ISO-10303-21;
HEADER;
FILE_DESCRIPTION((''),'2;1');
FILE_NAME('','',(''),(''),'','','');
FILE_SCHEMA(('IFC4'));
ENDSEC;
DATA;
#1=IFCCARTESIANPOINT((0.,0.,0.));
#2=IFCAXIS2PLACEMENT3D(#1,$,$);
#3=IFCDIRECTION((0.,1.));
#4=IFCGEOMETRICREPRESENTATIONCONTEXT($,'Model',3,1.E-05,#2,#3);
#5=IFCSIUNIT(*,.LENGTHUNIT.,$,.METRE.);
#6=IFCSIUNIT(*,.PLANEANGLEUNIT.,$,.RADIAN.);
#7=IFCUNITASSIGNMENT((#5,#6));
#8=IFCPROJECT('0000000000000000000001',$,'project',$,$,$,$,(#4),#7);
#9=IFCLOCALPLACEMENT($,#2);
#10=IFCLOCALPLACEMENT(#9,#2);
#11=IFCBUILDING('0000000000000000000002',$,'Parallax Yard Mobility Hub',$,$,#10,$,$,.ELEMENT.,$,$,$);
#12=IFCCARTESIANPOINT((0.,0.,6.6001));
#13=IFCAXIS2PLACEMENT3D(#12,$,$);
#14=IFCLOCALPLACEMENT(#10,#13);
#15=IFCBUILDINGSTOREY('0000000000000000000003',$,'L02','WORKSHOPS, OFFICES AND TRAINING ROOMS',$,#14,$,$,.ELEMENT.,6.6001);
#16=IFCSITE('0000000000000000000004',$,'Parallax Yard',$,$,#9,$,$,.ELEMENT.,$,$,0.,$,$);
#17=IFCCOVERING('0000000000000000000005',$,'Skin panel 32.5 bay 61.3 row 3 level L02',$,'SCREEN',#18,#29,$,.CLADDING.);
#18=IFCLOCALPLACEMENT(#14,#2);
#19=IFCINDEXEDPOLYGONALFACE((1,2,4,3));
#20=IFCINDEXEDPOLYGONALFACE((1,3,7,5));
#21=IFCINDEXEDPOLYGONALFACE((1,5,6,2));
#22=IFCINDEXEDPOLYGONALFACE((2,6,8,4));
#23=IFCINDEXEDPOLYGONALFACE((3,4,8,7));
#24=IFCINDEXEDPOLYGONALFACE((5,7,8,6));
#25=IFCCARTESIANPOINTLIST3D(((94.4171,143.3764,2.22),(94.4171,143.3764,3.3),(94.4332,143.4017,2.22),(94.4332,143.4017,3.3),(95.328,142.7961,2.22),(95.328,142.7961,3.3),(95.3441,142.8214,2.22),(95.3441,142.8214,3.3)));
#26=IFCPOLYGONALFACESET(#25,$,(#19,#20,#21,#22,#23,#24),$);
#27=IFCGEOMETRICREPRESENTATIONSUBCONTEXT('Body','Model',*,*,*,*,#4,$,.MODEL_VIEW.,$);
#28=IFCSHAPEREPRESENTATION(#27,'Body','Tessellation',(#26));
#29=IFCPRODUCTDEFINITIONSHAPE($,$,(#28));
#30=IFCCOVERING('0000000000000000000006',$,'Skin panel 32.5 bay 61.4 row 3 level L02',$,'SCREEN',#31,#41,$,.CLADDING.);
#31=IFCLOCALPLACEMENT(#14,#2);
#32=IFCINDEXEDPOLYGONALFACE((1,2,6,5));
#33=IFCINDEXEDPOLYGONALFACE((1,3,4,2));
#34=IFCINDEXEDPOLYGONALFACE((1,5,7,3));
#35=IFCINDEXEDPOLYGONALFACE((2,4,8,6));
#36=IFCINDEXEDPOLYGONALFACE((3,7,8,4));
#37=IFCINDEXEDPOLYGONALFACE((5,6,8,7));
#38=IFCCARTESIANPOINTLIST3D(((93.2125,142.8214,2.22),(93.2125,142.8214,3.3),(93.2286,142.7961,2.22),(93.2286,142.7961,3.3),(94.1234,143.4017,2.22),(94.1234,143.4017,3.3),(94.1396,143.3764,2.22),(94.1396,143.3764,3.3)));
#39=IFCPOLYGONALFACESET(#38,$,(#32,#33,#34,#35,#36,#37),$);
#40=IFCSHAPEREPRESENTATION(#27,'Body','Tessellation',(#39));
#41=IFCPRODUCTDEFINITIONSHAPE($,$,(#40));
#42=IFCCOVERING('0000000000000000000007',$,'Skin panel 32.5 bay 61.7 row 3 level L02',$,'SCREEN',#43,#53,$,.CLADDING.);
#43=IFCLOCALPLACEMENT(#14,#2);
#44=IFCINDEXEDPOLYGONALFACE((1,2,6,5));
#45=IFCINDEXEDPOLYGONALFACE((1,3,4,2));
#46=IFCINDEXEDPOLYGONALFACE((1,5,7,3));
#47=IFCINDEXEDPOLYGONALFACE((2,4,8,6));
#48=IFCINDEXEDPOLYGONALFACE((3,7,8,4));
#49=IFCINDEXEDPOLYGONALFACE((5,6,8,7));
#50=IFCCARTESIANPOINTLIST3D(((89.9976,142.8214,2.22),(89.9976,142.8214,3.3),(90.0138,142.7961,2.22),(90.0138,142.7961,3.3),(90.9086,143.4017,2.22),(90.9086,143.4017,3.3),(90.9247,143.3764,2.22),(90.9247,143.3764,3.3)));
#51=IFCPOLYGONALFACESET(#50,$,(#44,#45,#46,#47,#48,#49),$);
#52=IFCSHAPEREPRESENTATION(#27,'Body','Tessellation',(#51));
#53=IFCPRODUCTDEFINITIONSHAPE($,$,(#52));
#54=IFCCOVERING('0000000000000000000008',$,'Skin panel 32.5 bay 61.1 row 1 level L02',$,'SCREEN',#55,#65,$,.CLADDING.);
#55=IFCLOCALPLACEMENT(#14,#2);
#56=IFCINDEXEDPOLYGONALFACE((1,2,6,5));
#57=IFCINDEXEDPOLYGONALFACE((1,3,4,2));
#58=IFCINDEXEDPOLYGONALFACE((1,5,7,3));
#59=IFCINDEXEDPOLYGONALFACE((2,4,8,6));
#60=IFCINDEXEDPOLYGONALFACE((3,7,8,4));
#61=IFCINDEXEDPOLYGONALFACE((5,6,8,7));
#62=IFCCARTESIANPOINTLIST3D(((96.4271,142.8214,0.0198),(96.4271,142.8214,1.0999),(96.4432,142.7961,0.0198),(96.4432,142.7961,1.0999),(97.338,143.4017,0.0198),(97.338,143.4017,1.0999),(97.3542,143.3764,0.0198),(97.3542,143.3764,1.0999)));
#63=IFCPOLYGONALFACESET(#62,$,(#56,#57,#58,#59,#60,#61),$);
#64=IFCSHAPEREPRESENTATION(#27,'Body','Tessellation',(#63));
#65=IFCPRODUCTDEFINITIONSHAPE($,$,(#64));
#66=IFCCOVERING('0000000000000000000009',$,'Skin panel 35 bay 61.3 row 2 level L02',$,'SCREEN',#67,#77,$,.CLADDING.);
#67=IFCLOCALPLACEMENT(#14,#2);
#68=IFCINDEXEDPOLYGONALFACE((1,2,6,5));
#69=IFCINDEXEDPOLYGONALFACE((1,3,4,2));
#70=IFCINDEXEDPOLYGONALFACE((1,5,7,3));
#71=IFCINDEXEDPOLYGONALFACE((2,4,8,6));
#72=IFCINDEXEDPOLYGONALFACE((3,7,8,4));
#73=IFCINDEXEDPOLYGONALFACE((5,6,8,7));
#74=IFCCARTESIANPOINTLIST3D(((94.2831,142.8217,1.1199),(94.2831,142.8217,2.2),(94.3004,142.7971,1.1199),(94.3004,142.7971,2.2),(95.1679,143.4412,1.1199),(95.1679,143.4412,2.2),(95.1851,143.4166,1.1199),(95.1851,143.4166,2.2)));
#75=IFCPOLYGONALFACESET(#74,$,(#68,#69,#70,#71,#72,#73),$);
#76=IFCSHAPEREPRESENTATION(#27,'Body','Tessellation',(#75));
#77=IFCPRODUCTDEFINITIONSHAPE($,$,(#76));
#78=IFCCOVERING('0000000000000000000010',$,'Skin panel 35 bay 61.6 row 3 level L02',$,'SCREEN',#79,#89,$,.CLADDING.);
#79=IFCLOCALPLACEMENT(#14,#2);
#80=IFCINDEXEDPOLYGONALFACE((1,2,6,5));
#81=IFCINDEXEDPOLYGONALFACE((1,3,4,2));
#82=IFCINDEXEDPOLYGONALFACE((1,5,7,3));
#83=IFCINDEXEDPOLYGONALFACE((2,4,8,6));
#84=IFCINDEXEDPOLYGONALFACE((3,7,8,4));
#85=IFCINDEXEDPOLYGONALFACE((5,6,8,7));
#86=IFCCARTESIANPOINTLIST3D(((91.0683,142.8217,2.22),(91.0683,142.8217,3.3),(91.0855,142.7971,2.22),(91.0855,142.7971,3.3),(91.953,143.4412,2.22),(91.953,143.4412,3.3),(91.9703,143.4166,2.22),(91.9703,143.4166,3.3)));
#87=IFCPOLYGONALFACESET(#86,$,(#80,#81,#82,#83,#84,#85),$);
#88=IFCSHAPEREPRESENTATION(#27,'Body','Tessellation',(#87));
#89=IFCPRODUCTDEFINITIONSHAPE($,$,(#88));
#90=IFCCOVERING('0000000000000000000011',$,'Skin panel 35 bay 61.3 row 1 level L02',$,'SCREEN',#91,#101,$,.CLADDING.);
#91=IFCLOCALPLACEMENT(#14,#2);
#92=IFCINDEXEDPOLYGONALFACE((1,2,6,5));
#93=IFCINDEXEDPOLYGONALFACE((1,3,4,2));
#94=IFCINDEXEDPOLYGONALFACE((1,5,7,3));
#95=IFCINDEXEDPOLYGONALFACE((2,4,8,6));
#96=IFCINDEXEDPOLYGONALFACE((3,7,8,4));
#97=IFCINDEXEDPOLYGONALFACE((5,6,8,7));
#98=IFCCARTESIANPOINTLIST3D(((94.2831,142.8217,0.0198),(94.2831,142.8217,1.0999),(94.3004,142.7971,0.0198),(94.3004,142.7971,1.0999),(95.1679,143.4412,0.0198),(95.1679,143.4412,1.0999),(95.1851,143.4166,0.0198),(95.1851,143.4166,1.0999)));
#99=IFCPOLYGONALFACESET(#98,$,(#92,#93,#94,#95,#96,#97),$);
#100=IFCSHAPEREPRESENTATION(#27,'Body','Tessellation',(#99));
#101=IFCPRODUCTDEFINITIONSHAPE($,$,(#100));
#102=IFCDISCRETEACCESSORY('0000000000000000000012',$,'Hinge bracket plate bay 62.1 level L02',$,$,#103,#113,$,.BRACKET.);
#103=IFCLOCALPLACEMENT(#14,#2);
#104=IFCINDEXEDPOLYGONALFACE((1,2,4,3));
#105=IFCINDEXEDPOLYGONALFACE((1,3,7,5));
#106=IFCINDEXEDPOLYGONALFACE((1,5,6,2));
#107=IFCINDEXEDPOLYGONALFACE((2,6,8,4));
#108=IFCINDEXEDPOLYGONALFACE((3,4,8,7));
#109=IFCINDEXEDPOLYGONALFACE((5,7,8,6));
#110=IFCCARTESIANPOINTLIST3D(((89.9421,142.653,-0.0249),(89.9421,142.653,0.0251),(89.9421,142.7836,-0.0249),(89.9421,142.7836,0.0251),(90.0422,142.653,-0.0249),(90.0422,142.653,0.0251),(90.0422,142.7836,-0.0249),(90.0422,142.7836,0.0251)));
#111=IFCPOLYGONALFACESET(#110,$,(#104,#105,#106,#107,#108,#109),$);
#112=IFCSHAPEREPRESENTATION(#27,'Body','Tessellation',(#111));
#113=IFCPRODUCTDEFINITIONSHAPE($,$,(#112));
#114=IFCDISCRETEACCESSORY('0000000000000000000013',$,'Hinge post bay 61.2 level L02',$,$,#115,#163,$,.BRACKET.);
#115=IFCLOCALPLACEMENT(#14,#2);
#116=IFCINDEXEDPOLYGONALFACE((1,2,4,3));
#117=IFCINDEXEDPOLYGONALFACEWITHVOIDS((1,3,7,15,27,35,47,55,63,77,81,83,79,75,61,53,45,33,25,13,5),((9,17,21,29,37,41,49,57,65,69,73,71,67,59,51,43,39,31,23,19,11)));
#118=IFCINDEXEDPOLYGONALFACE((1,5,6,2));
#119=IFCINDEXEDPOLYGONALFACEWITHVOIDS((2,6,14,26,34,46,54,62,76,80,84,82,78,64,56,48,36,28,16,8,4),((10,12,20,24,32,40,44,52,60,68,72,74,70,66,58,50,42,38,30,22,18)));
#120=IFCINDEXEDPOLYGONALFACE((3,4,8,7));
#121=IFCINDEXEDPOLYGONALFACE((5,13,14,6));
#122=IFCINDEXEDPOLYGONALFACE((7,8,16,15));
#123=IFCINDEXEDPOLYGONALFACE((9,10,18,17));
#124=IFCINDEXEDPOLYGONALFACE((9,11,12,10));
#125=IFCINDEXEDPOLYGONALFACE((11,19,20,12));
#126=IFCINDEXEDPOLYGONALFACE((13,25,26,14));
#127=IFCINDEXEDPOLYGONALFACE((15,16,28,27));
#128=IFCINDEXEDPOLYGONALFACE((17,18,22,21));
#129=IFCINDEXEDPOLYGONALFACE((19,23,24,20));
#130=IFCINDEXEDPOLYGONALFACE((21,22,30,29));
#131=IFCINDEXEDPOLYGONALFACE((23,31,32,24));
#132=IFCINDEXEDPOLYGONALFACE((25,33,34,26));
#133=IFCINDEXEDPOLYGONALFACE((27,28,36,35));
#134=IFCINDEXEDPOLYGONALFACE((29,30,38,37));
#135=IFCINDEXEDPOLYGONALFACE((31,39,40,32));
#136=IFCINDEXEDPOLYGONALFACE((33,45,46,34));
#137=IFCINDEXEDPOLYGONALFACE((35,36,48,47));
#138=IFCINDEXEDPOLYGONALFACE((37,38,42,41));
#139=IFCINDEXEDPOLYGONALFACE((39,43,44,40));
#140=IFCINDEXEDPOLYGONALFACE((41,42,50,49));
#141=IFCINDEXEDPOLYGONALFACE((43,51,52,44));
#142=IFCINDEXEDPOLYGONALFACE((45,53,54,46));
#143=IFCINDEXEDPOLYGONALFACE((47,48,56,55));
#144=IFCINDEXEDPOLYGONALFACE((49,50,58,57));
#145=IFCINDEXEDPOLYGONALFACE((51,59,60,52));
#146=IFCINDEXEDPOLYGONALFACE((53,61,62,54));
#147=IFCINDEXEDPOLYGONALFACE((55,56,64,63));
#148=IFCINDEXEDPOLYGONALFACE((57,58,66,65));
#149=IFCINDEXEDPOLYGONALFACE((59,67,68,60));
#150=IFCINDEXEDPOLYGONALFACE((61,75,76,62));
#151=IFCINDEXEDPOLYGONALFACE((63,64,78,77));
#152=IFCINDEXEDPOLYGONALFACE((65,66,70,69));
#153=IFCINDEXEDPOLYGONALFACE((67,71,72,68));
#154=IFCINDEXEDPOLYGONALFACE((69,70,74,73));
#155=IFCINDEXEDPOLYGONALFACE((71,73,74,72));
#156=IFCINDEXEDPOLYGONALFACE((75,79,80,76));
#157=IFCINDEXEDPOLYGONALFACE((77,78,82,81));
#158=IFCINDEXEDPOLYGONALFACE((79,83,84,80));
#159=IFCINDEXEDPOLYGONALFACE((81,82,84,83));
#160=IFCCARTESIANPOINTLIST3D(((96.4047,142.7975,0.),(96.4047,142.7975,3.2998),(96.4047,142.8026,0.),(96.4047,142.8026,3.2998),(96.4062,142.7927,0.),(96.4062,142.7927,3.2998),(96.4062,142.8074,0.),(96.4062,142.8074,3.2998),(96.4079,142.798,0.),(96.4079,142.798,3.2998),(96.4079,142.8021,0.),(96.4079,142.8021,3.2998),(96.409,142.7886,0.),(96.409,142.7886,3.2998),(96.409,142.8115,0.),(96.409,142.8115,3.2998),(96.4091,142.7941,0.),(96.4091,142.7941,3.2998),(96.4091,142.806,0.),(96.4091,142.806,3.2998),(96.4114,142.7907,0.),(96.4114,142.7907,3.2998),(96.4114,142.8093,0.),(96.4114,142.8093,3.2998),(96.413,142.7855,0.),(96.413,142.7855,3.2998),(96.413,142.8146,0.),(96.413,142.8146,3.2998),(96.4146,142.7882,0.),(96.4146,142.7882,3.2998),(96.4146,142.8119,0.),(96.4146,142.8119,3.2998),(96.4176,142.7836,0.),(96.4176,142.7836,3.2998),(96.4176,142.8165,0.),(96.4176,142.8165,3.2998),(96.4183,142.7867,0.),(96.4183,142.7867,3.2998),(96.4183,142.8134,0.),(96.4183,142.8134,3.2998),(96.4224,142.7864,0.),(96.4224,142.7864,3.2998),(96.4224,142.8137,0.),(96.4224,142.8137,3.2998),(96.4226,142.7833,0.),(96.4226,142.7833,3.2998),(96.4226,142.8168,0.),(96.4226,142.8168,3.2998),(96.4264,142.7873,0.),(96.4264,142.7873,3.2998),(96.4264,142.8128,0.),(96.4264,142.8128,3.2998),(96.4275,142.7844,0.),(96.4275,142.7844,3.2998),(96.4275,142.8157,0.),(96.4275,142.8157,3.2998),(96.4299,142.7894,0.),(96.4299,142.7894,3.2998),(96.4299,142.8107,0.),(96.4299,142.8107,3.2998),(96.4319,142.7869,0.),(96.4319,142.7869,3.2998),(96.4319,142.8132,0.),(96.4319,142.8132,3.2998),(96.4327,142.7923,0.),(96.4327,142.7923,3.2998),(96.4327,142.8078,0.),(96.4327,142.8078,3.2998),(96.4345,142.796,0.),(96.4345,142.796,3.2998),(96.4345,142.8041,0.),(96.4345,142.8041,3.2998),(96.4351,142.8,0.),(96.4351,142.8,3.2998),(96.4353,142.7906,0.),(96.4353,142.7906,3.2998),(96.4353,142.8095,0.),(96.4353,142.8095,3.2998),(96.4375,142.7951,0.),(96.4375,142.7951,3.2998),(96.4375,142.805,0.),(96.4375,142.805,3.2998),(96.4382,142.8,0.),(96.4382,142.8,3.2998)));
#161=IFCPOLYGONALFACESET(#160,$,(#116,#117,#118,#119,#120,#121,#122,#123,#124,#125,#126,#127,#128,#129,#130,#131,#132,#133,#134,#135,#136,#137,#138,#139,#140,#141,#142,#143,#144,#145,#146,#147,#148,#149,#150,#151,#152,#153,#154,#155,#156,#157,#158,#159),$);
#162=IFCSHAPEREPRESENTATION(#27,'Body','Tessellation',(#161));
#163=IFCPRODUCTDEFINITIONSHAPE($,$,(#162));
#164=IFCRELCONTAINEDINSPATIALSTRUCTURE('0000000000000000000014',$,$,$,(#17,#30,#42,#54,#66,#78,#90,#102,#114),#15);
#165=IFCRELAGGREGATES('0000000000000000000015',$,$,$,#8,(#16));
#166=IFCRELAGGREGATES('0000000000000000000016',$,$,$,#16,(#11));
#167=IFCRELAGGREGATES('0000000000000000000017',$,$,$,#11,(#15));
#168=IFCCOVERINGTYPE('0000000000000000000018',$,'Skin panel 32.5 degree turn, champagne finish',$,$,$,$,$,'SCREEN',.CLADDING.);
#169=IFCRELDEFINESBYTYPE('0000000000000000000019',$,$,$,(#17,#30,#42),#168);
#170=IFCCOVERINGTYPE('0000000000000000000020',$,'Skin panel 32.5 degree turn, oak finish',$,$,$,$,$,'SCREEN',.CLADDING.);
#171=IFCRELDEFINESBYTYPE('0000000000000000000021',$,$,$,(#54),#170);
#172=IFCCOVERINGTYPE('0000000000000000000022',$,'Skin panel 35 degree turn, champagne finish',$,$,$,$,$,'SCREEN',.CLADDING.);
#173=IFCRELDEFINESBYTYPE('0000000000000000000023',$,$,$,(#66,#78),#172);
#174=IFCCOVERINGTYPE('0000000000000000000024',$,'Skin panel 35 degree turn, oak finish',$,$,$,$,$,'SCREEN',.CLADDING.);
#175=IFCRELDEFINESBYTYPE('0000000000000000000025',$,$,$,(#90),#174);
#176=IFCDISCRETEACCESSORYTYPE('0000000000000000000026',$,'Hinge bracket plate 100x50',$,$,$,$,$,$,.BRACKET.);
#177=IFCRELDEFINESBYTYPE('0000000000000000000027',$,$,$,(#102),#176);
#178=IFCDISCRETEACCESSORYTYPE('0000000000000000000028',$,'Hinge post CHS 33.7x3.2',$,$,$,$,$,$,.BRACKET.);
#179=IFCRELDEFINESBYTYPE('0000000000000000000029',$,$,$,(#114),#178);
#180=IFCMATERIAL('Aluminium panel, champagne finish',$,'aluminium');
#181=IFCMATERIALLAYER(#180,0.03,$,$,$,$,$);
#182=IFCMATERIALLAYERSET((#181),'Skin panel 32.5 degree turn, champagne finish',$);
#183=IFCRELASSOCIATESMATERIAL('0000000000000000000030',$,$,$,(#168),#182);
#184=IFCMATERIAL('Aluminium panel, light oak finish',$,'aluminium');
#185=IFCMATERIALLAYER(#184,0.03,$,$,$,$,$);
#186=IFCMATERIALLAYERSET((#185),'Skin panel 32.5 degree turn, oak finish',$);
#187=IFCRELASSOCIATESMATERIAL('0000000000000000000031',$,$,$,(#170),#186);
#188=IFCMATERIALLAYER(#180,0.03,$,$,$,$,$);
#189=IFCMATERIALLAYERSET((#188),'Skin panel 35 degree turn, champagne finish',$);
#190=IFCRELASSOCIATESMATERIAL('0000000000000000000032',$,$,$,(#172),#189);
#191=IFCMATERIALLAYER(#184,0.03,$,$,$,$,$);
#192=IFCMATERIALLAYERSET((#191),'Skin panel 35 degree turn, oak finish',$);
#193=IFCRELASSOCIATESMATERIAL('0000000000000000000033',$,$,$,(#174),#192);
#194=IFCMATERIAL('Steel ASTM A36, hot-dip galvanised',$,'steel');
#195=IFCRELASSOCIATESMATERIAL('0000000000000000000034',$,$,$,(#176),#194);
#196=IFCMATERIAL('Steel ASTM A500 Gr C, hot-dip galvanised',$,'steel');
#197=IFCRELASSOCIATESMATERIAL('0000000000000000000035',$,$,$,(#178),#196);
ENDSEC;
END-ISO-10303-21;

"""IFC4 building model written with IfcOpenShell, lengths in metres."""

from ifc_helpers import new_model, si_unit, direction, frame, origin, origin_2d, place, context, subcontext, project, spatial, rectangle, hollow_circle, extrude, material, layer, layer_set, material_profile, profile_set, type_object, element, save


model = new_model("IFC4")

# Units and contexts
model_context = context("Model", 3, precision=1e-05, world=origin(), true_north=direction((0.0, 1.0)))
body_context = subcontext(model_context, "Body", "Model", "MODEL_VIEW")
ifc_project = project(units=[si_unit("LENGTHUNIT", "METRE"), si_unit("PLANEANGLEUNIT", "RADIAN")], contexts=[model_context])

# Site, building, storey
site_placement = place(None, origin())
site = spatial("IfcSite", under=ifc_project, at=site_placement, Name="Parallax Yard", CompositionType="ELEMENT", RefElevation=0.0)
building_placement = place(site_placement, origin())
building = spatial("IfcBuilding", under=site, at=building_placement, Name="Parallax Yard Mobility Hub", CompositionType="ELEMENT")
storey_placement = place(building_placement, frame((0.0, 0.0, 6.6001)))
storey = spatial("IfcBuildingStorey", under=building, at=storey_placement, Name="L02", Description="WORKSHOPS, OFFICES AND TRAINING ROOMS", CompositionType="ELEMENT", Elevation=6.6001)

# Coverings
ifc_material_1 = material(Name="Aluminium panel, champagne finish", Category="aluminium")
ifc_material_2 = material(Name="Aluminium panel, light oak finish", Category="aluminium")
ifc_layer_1 = layer(ifc_material_1, 0.03)
ifc_layer_set_1 = layer_set([ifc_layer_1], Name="Skin panel 32.5 degree turn, champagne finish")
covering_type_1 = type_object("IfcCoveringType", Name="Skin panel 32.5 degree turn, champagne finish", ElementType="SCREEN", PredefinedType="CLADDING", material=ifc_layer_set_1)
for number, where, z_axis, x_axis, name in (
    (1, (94.8806, 143.0989, 2.22), (0.0, 0.0, 1.0), (-0.843391, 0.5373, 0.0), "Skin panel 32.5 bay 61.3 row 3 level L02"),
    (2, (93.676, 143.0989, 2.22), (0.0, 0.0, 1.0), (0.843391, 0.5373, 0.0), "Skin panel 32.5 bay 61.4 row 3 level L02"),
    (3, (90.4612, 143.0989, 2.22), (0.0, 0.0, 1.0), (0.843391, 0.5373, 0.0), "Skin panel 32.5 bay 61.7 row 3 level L02"),
):
    element("IfcCovering", number, at=place(storey_placement, frame(where, z_axis=z_axis, x_axis=x_axis)), inside=storey, type_object=covering_type_1, Name=name, ObjectType="SCREEN", PredefinedType="CLADDING", context=body_context, shape_type="SweptSolid", body=[
        extrude(rectangle(XDim=1.0801, YDim=0.03, at=origin_2d()), origin(), (0.0, 0.0, 1.0), 1.0801),
    ])
ifc_layer_2 = layer(ifc_material_2, 0.03)
ifc_layer_set_2 = layer_set([ifc_layer_2], Name="Skin panel 32.5 degree turn, oak finish")
covering_type_2 = type_object("IfcCoveringType", Name="Skin panel 32.5 degree turn, oak finish", ElementType="SCREEN", PredefinedType="CLADDING", material=ifc_layer_set_2)
covering_1_placement = place(storey_placement, frame((96.8906, 143.0989, 0.0198), z_axis=(0.0, 0.0, 1.0), x_axis=(0.843391, 0.5373, 0.0)))
element("IfcCovering", 4, at=covering_1_placement, inside=storey, type_object=covering_type_2, Name="Skin panel 32.5 bay 61.1 row 1 level L02", ObjectType="SCREEN", PredefinedType="CLADDING", context=body_context, shape_type="SweptSolid", body=[
    extrude(rectangle(XDim=1.0801, YDim=0.03, at=origin_2d()), origin(), (0.0, 0.0, 1.0), 1.0801),
])
ifc_layer_3 = layer(ifc_material_1, 0.03)
ifc_layer_set_3 = layer_set([ifc_layer_3], Name="Skin panel 35 degree turn, champagne finish")
covering_type_3 = type_object("IfcCoveringType", Name="Skin panel 35 degree turn, champagne finish", ElementType="SCREEN", PredefinedType="CLADDING", material=ifc_layer_set_3)
for number, where, z_axis, x_axis, name in (
    (5, (94.7341, 143.1191, 1.1199), (0.0, 0.0, 1.0), (0.819152, 0.573576, 0.0), "Skin panel 35 bay 61.3 row 2 level L02"),
    (6, (91.5193, 143.1191, 2.22), (0.0, 0.0, 1.0), (0.819152, 0.573576, 0.0), "Skin panel 35 bay 61.6 row 3 level L02"),
):
    element("IfcCovering", number, at=place(storey_placement, frame(where, z_axis=z_axis, x_axis=x_axis)), inside=storey, type_object=covering_type_3, Name=name, ObjectType="SCREEN", PredefinedType="CLADDING", context=body_context, shape_type="SweptSolid", body=[
        extrude(rectangle(XDim=1.0801, YDim=0.03, at=origin_2d()), origin(), (0.0, 0.0, 1.0), 1.0801),
    ])
ifc_layer_4 = layer(ifc_material_2, 0.03)
ifc_layer_set_4 = layer_set([ifc_layer_4], Name="Skin panel 35 degree turn, oak finish")
covering_type_4 = type_object("IfcCoveringType", Name="Skin panel 35 degree turn, oak finish", ElementType="SCREEN", PredefinedType="CLADDING", material=ifc_layer_set_4)
covering_2_placement = place(storey_placement, frame((94.7341, 143.1191, 0.0198), z_axis=(0.0, 0.0, 1.0), x_axis=(0.819152, 0.573576, 0.0)))
element("IfcCovering", 7, at=covering_2_placement, inside=storey, type_object=covering_type_4, Name="Skin panel 35 bay 61.3 row 1 level L02", ObjectType="SCREEN", PredefinedType="CLADDING", context=body_context, shape_type="SweptSolid", body=[
    extrude(rectangle(XDim=1.0801, YDim=0.03, at=origin_2d()), origin(), (0.0, 0.0, 1.0), 1.0801),
])

# Discrete accessories
ifc_material_3 = material(Name="Steel ASTM A36, hot-dip galvanised", Category="steel")
discrete_accessory_type_1 = type_object("IfcDiscreteAccessoryType", Name="Hinge bracket plate 100x50", PredefinedType="BRACKET", material=ifc_material_3)
discrete_accessory_placement = place(storey_placement, frame((89.9922, 142.7183, -0.0249), z_axis=(0.0, 0.0, 1.0), x_axis=(0.0, 1.0, 0.0)))
element("IfcDiscreteAccessory", 8, at=discrete_accessory_placement, inside=storey, type_object=discrete_accessory_type_1, Name="Hinge bracket plate bay 62.1 level L02", PredefinedType="BRACKET", context=body_context, shape_type="SweptSolid", body=[
    extrude(rectangle(XDim=0.1306, YDim=0.1001, at=origin_2d()), origin(), (0.0, 0.0, 1.0), 0.05),
])
ifc_material_4 = material(Name="Steel ASTM A500 Gr C, hot-dip galvanised", Category="steel")
ifc_material_profile = material_profile(ifc_material_4, hollow_circle(Radius=0.0168, WallThickness=0.0032, at=origin_2d()), Name="CHS 33.7x3.2")
ifc_profile_set = profile_set([ifc_material_profile], Name="Steel ASTM A500 Gr C, hot-dip galvanised")
discrete_accessory_type_2 = type_object("IfcDiscreteAccessoryType", Name="Hinge post CHS 33.7x3.2", PredefinedType="BRACKET", material=ifc_profile_set)
for number, where, z_axis, x_axis, name in (
    (9, (96.4214, 142.8, 0.0), (0.0, 0.0, 1.0), (1.0, 0.0, 0.0), "Hinge post bay 61.2 level L02"),
):
    element("IfcDiscreteAccessory", number, at=place(storey_placement, frame(where, z_axis=z_axis, x_axis=x_axis)), inside=storey, type_object=discrete_accessory_type_2, Name=name, PredefinedType="BRACKET", context=body_context, shape_type="SweptSolid", body=[
        extrude(hollow_circle(Radius=0.0168, WallThickness=0.0032, at=origin_2d()), origin(), (0.0, 0.0, 1.0), 3.2998),
    ])

save(model, "model.ifc")
